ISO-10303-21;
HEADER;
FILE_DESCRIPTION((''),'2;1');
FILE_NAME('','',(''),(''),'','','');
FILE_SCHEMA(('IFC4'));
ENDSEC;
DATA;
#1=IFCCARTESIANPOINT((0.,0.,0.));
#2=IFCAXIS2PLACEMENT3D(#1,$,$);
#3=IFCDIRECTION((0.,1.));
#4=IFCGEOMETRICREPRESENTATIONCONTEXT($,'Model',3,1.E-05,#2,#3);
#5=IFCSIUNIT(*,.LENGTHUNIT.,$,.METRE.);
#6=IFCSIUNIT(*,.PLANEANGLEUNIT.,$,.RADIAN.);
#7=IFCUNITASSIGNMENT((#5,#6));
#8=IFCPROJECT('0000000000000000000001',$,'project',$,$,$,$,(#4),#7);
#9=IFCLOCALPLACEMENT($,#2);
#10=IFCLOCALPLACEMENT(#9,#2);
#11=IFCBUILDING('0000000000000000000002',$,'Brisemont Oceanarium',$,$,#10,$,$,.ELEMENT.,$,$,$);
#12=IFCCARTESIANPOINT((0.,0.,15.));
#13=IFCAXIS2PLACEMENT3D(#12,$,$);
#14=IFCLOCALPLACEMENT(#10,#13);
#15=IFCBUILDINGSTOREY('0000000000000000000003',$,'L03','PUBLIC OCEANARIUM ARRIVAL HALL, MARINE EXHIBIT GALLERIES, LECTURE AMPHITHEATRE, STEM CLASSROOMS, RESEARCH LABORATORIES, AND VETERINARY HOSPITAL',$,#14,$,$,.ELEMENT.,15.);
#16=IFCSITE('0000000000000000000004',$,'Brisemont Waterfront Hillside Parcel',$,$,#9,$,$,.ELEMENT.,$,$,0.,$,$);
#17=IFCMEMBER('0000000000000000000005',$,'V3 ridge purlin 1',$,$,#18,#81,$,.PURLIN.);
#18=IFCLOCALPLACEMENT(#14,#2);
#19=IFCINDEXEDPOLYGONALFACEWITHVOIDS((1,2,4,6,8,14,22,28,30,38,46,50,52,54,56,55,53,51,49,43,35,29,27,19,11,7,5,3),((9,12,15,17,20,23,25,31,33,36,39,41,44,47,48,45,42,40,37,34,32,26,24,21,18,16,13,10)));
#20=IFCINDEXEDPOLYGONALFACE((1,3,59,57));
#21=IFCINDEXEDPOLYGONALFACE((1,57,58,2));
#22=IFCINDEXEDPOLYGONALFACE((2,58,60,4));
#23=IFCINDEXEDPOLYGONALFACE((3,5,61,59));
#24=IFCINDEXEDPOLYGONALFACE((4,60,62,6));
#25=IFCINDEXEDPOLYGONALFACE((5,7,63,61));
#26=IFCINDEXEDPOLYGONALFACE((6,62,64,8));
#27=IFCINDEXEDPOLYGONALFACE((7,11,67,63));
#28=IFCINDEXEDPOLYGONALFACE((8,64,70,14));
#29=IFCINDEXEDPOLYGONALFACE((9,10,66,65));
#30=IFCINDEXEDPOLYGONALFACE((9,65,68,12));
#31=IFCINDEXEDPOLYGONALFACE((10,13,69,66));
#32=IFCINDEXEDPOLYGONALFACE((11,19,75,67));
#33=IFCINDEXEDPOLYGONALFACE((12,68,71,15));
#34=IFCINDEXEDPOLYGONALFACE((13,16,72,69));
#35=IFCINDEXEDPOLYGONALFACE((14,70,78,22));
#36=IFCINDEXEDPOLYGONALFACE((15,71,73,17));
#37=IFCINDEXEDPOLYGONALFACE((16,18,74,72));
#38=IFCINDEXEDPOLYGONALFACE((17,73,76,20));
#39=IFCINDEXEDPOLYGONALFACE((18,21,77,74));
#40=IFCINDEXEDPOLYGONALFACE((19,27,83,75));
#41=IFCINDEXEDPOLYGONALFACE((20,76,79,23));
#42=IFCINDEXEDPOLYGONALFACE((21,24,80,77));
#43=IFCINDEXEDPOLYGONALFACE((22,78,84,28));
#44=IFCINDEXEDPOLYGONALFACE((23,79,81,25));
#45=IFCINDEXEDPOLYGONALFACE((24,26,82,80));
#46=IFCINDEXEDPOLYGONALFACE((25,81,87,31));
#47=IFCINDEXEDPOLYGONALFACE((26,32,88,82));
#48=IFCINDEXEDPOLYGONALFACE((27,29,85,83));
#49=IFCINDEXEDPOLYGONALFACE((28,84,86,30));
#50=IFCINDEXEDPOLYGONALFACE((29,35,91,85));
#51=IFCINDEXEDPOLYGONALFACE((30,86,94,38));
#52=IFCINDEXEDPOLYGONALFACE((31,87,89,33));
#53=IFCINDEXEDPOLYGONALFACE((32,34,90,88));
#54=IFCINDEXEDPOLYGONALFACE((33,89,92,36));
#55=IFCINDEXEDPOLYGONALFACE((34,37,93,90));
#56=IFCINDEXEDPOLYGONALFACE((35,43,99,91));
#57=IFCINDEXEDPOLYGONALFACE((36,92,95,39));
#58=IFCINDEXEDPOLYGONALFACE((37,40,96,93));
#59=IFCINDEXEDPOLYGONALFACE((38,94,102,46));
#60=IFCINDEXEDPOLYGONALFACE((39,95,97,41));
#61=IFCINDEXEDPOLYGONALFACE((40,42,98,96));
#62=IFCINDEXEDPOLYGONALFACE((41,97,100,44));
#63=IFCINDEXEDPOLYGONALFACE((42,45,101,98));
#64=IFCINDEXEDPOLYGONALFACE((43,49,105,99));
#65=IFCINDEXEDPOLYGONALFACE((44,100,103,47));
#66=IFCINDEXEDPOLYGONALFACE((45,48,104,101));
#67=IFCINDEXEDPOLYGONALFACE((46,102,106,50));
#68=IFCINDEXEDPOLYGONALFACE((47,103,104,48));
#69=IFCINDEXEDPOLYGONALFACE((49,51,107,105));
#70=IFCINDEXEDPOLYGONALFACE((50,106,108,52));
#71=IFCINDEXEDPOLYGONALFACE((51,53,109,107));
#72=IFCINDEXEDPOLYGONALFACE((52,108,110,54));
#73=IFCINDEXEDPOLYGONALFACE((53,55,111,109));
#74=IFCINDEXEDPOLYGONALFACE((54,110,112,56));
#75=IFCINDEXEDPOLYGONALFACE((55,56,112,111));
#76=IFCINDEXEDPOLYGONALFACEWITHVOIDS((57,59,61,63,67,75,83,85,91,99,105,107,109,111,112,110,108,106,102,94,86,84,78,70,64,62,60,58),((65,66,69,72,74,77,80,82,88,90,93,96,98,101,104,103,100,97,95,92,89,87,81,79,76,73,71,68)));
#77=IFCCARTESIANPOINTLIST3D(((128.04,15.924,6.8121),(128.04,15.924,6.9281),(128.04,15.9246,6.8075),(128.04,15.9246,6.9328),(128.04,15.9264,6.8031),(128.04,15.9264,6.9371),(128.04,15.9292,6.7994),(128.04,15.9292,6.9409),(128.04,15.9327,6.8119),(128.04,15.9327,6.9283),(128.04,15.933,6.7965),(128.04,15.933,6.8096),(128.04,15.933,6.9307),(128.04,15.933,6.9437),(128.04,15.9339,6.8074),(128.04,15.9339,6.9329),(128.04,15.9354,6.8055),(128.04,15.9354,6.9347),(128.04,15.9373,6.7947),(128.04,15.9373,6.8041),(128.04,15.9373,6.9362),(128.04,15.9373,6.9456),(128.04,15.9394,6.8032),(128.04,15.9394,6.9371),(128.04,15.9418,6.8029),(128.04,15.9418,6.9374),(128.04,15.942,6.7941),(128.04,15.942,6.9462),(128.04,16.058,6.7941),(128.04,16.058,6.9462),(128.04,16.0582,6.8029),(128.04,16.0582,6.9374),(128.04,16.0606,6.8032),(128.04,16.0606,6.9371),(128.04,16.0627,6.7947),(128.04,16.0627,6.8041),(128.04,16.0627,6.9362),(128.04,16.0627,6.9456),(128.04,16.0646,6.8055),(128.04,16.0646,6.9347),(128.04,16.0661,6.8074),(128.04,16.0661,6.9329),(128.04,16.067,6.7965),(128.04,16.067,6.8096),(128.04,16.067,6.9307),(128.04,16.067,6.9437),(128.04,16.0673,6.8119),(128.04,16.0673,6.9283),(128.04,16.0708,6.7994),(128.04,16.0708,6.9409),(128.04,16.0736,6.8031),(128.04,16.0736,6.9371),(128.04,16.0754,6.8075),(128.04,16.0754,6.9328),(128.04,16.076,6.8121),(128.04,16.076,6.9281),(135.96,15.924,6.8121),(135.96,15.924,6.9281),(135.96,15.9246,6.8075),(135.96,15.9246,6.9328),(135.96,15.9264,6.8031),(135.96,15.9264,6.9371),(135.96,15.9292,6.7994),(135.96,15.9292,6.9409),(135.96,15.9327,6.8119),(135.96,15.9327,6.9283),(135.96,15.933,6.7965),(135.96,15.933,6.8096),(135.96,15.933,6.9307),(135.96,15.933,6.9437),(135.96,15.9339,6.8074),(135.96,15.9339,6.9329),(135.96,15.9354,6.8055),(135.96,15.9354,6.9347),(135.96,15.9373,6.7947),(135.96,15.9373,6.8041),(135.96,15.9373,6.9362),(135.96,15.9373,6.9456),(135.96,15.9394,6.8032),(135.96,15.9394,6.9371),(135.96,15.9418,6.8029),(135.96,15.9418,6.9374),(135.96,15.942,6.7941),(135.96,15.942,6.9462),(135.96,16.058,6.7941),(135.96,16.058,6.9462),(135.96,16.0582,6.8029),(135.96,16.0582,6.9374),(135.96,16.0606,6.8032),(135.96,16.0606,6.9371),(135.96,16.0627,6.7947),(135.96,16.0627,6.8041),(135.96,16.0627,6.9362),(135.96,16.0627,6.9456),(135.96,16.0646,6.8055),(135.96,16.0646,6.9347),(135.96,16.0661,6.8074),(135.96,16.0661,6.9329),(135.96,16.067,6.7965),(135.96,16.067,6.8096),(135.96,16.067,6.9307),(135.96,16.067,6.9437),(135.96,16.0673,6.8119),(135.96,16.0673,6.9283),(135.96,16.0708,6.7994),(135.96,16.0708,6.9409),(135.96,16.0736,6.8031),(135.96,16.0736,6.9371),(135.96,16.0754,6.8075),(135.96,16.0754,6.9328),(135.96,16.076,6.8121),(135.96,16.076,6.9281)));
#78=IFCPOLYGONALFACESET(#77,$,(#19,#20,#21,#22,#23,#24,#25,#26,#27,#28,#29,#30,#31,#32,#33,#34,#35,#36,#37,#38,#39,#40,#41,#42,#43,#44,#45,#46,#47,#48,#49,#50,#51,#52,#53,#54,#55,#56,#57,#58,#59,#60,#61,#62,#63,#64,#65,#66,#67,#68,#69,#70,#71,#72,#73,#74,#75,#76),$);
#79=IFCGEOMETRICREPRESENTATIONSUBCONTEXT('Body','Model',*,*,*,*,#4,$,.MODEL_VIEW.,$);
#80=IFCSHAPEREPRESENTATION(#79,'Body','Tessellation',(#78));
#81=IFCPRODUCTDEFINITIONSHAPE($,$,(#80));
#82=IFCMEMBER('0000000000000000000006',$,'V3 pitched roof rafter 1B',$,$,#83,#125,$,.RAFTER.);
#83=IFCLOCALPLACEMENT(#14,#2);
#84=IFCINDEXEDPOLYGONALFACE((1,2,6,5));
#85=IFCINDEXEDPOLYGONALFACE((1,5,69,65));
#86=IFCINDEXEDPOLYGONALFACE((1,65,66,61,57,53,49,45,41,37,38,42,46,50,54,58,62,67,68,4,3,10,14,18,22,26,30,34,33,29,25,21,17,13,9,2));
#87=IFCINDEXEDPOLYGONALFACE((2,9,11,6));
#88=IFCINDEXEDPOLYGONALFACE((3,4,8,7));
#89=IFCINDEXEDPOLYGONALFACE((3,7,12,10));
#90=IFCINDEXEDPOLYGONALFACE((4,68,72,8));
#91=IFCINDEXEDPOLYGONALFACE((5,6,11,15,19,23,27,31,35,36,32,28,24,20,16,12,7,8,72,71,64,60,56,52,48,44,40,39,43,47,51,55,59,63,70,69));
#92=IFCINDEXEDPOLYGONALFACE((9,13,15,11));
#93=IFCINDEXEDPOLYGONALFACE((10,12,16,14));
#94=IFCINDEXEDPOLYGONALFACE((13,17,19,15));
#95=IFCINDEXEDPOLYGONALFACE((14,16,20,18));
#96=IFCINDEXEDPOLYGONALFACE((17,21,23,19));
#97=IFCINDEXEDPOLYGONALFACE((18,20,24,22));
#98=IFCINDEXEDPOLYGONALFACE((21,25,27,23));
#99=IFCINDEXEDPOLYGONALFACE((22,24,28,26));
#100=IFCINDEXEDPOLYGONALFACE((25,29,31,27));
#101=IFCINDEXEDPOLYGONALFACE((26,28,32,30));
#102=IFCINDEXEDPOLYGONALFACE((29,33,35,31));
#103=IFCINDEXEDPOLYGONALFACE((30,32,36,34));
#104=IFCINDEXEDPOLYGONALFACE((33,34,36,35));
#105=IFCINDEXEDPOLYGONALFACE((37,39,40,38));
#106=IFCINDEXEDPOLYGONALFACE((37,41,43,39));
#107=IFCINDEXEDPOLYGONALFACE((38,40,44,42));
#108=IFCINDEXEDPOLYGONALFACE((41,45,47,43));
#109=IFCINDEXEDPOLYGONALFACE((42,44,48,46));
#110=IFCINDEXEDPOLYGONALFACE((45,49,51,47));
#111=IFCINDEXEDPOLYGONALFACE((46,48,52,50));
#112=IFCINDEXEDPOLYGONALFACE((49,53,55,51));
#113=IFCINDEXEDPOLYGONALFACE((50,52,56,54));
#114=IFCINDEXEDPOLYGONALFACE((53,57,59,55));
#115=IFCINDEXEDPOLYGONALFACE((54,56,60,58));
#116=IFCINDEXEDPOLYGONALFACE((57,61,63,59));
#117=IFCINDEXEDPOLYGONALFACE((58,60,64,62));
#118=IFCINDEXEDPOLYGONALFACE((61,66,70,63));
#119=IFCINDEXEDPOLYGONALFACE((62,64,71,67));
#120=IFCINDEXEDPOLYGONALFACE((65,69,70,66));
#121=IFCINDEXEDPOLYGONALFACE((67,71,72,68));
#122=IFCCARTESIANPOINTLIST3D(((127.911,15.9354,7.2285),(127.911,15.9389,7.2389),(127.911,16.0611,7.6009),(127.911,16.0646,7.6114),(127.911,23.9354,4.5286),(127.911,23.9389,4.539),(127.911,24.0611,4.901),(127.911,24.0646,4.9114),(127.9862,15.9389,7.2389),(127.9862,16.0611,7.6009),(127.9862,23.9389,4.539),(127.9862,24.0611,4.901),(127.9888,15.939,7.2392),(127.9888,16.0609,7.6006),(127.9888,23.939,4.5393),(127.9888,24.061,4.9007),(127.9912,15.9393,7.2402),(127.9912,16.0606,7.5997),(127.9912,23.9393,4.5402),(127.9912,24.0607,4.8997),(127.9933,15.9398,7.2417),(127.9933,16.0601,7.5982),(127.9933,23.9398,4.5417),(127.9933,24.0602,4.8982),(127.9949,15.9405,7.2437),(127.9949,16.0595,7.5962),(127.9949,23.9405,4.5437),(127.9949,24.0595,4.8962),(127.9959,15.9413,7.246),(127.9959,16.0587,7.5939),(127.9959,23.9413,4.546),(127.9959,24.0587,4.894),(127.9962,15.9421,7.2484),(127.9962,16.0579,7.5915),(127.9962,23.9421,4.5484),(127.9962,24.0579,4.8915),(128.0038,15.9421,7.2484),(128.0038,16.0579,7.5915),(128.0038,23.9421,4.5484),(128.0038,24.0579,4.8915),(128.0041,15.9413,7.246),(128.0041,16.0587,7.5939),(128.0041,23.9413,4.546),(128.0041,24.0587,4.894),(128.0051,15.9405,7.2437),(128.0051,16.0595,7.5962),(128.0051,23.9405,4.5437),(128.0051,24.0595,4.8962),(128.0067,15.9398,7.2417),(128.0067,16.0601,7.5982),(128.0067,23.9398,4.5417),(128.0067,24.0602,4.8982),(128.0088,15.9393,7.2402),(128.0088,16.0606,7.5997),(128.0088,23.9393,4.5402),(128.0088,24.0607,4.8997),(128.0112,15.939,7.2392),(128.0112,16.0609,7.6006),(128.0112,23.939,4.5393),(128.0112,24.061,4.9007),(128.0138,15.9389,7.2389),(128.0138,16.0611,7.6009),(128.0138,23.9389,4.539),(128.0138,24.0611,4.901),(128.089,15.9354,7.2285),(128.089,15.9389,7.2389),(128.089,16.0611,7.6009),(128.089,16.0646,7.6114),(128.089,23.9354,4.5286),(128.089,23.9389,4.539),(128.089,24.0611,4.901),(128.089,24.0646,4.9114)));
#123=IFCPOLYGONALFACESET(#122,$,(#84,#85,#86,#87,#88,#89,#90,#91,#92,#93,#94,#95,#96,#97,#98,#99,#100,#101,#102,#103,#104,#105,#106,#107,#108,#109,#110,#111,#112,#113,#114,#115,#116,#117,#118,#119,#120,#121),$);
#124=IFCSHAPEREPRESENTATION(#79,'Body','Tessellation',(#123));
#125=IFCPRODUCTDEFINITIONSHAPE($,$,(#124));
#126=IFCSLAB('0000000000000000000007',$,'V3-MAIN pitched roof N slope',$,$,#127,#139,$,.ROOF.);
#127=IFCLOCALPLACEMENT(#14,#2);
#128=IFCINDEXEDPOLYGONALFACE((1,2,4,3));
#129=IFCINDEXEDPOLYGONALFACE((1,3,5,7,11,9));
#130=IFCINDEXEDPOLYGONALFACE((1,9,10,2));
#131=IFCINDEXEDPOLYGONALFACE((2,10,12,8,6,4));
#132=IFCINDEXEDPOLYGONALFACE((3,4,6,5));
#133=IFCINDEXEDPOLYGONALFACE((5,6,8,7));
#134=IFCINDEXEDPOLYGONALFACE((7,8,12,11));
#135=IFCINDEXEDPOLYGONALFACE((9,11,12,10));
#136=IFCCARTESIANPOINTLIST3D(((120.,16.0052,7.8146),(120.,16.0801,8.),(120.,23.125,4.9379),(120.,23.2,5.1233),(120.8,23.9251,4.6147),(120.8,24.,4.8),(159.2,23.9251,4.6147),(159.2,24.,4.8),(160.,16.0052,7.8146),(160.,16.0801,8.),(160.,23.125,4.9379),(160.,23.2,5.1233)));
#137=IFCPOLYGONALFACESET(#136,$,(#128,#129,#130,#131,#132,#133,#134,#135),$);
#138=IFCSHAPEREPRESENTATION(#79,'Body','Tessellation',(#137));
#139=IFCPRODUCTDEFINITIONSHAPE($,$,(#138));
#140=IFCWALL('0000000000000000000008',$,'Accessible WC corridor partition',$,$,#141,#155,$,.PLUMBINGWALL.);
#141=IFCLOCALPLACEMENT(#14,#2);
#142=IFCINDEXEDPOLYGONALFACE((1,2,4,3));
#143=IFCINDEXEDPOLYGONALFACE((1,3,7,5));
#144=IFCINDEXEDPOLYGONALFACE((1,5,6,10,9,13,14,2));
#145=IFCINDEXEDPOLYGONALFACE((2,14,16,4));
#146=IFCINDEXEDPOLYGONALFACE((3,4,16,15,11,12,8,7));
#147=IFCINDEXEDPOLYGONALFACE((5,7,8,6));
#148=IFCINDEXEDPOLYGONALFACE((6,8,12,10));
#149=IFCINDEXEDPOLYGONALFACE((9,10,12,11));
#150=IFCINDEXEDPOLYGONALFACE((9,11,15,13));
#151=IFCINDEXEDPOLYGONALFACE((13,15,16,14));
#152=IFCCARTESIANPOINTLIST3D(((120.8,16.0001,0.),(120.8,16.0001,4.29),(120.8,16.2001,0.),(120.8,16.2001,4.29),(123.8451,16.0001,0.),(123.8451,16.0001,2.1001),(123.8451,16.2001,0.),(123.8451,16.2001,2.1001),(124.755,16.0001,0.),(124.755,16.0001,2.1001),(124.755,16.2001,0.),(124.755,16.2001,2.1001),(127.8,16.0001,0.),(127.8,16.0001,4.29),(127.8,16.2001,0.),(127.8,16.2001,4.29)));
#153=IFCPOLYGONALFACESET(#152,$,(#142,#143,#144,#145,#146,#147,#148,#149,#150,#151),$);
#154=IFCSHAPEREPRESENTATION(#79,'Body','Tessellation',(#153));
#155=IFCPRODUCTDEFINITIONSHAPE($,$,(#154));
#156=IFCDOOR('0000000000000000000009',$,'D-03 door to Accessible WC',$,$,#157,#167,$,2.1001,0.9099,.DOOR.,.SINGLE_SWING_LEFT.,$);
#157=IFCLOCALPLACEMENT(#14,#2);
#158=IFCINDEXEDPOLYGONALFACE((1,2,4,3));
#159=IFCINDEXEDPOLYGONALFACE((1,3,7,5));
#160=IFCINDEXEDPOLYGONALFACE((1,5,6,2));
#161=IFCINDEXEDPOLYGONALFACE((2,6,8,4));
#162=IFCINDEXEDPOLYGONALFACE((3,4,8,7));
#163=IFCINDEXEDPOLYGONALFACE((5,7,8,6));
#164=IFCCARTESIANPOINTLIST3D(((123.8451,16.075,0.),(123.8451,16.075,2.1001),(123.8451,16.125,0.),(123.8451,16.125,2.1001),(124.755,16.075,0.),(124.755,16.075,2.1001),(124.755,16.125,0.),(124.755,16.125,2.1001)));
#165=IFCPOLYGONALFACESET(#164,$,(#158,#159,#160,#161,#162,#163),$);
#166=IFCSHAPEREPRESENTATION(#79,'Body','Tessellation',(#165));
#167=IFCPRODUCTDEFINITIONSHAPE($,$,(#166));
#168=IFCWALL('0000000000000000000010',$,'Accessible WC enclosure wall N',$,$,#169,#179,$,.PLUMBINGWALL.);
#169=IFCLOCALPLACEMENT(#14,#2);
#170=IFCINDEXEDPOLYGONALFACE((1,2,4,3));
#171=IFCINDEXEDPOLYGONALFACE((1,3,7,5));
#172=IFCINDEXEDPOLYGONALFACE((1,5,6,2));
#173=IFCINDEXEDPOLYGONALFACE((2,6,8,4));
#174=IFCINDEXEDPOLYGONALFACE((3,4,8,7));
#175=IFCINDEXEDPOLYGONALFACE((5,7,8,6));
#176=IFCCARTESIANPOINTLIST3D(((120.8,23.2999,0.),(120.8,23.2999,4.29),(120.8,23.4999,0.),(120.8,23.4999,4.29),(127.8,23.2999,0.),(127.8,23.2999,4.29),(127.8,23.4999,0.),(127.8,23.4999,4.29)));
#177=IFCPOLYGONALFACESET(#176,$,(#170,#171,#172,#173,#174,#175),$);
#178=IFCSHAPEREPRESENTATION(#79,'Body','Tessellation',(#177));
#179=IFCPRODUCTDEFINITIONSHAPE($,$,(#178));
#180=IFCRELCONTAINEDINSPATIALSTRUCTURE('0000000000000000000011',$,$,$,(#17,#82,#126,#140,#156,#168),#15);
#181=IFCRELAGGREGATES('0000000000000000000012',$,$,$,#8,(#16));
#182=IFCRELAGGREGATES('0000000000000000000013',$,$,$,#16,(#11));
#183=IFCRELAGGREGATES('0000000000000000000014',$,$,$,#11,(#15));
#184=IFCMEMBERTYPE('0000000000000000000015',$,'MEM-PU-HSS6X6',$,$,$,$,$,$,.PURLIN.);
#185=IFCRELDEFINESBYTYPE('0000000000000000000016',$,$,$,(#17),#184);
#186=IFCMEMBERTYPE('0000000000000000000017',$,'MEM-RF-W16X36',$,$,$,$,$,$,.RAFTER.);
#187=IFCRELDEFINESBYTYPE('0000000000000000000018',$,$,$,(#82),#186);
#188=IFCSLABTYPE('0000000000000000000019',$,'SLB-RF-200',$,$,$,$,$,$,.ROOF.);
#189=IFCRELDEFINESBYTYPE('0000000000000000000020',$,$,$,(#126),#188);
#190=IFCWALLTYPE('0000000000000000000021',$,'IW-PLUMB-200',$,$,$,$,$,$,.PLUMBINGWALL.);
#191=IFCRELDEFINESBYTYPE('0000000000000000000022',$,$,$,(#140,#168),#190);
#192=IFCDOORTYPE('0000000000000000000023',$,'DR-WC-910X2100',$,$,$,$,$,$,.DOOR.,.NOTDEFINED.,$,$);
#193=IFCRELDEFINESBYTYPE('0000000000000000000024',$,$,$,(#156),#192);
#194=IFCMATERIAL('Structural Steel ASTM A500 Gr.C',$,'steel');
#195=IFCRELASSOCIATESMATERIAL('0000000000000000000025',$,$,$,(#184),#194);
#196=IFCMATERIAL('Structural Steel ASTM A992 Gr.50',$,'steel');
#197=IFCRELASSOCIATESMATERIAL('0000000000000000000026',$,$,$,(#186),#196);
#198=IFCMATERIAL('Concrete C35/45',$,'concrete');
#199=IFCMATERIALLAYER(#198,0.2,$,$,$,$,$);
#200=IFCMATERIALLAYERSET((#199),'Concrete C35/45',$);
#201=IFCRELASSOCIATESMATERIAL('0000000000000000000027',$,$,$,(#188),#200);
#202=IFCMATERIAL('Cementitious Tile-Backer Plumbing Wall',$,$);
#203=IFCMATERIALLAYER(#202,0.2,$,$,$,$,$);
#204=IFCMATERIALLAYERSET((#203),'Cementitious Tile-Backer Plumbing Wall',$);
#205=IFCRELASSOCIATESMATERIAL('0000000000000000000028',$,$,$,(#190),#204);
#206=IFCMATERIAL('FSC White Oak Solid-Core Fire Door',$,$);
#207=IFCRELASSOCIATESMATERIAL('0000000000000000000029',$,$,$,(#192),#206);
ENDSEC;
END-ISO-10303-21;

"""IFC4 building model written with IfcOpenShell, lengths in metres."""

from ifc_helpers import new_model, si_unit, direction, frame, frame_2d, origin, origin_2d, place, context, subcontext, project, spatial, polyline, rectangle, hollow_rectangle, i_section, outline, extrude, material, layer, layer_set, material_profile, profile_set, type_object, element, fill, save


model = new_model("IFC4")

# Units and contexts
model_context = context("Model", 3, precision=1e-05, world=origin(), true_north=direction((0.0, 1.0)))
body_context = subcontext(model_context, "Body", "Model", "MODEL_VIEW")
ifc_project = project(units=[si_unit("LENGTHUNIT", "METRE"), si_unit("PLANEANGLEUNIT", "RADIAN")], contexts=[model_context])

# Site, building, storey
site_placement = place(None, origin())
site = spatial("IfcSite", under=ifc_project, at=site_placement, Name="Brisemont Waterfront Hillside Parcel", CompositionType="ELEMENT", RefElevation=0.0)
building_placement = place(site_placement, origin())
building = spatial("IfcBuilding", under=site, at=building_placement, Name="Brisemont Oceanarium", CompositionType="ELEMENT")
storey_placement = place(building_placement, frame((0.0, 0.0, 15.0)))
storey = spatial("IfcBuildingStorey", under=building, at=storey_placement, Name="L03", Description="PUBLIC OCEANARIUM ARRIVAL HALL, MARINE EXHIBIT GALLERIES, LECTURE AMPHITHEATRE, STEM CLASSROOMS, RESEARCH LABORATORIES, AND VETERINARY HOSPITAL", CompositionType="ELEMENT", Elevation=15.0)

# Members
ifc_material_1 = material(Name="Structural Steel ASTM A500 Gr.C", Category="steel")
ifc_material_profile_1 = material_profile(ifc_material_1, hollow_rectangle(XDim=0.1521, YDim=0.1521, WallThickness=0.0088, InnerFilletRadius=0.009, OuterFilletRadius=0.0181, at=origin_2d()), Name="HSS6X6X3/8")
ifc_profile_set_1 = profile_set([ifc_material_profile_1], Name="Structural Steel ASTM A500 Gr.C")
member_type_1 = type_object("IfcMemberType", Name="MEM-PU-HSS6X6", PredefinedType="PURLIN", material=ifc_profile_set_1)
member_1_placement = place(storey_placement, frame((128.04, 16.0, 6.8701), z_axis=(1.0, 0.0, 0.0), x_axis=(0.0, 1.0, 0.0)))
element("IfcMember", 1, at=member_1_placement, inside=storey, type_object=member_type_1, Name="V3 ridge purlin 1", PredefinedType="PURLIN", context=body_context, shape_type="SweptSolid", body=[
    extrude(hollow_rectangle(XDim=0.1521, YDim=0.1521, WallThickness=0.0088, InnerFilletRadius=0.009, OuterFilletRadius=0.0181, at=origin_2d()), origin(), (0.0, 0.0, 1.0), 7.9199),
])
ifc_material_2 = material(Name="Structural Steel ASTM A992 Gr.50", Category="steel")
ifc_material_profile_2 = material_profile(ifc_material_2, i_section(OverallWidth=0.178, OverallDepth=0.4041, WebThickness=0.0076, FlangeThickness=0.011, FilletRadius=0.01, at=origin_2d()), Name="W16X36")
ifc_profile_set_2 = profile_set([ifc_material_profile_2], Name="Structural Steel ASTM A992 Gr.50")
member_type_2 = type_object("IfcMemberType", Name="MEM-RF-W16X36", PredefinedType="RAFTER", material=ifc_profile_set_2)
member_2_placement = place(storey_placement, frame((128.0, 24.0, 4.72), z_axis=(0.0, -0.947494, 0.319773), x_axis=(1.0, 0.0, 0.0)))
element("IfcMember", 2, at=member_2_placement, inside=storey, type_object=member_type_2, Name="V3 pitched roof rafter 1B", PredefinedType="RAFTER", context=body_context, shape_type="SweptSolid", body=[
    extrude(i_section(OverallWidth=0.178, OverallDepth=0.4041, WebThickness=0.0076, FlangeThickness=0.011, FilletRadius=0.01, at=origin_2d()), origin(), (0.0, 0.0, 1.0), 8.4434),
])

# Slab
ifc_material_3 = material(Name="Concrete C35/45", Category="concrete")
ifc_layer_1 = layer(ifc_material_3, 0.2)
ifc_layer_set_1 = layer_set([ifc_layer_1], Name="Concrete C35/45")
slab_type = type_object("IfcSlabType", Name="SLB-RF-200", PredefinedType="ROOF", material=ifc_layer_set_1)
slab_placement = place(storey_placement, frame((120.0, 16.0801, 8.0), z_axis=(0.0, 0.374616, 0.92718), x_axis=(1.0, 0.0, 0.0)))
element("IfcSlab", 3, at=slab_placement, inside=storey, type_object=slab_type, Name="V3-MAIN pitched roof N slope", PredefinedType="ROOF", context=body_context, shape_type="SweptSolid", body=[
    extrude(outline(polyline([(0.0, 0.0), (40.0, 0.0), (40.0, 7.6791), (39.2, 8.5419), (0.8, 8.5419), (0.0, 7.6791), (0.0, 0.0)])), origin(), (0.0, 0.0, -1.0), 0.2),
])

# Wall, opening, door
ifc_material_4 = material(Name="Cementitious Tile-Backer Plumbing Wall")
ifc_layer_2 = layer(ifc_material_4, 0.2)
ifc_layer_set_2 = layer_set([ifc_layer_2], Name="Cementitious Tile-Backer Plumbing Wall")
wall_type_1 = type_object("IfcWallType", Name="IW-PLUMB-200", PredefinedType="PLUMBINGWALL", material=ifc_layer_set_2)
wall_1_placement = place(storey_placement, frame((120.8, 16.1001, 0.0), z_axis=(0.0, 0.0, 1.0), x_axis=(1.0, 0.0, 0.0)))
wall_1 = element("IfcWall", 4, at=wall_1_placement, inside=storey, type_object=wall_type_1, Name="Accessible WC corridor partition", PredefinedType="PLUMBINGWALL", context=body_context, shape_type="SweptSolid", body=[
    extrude(rectangle(XDim=7.0, YDim=0.2, at=frame_2d((3.5, 0.0))), origin(), (0.0, 0.0, 1.0), 4.29),
])
opening_1_placement = place(wall_1_placement, frame((3.0449, 0.0, 0.0)))
opening_1 = element("IfcOpeningElement", 5, at=opening_1_placement, cuts=wall_1, PredefinedType="OPENING", context=body_context, shape_type="SweptSolid", body=[
    extrude(rectangle(XDim=0.9099, YDim=2.1001, at=frame_2d((0.4551, 1.05))), frame((0.0, 0.1099, 0.0), z_axis=(0.0, -1.0, 0.0), x_axis=(1.0, 0.0, 0.0)), (0.0, 0.0, 1.0), 0.22),
])
ifc_material_5 = material(Name="FSC White Oak Solid-Core Fire Door")
door_type_1 = type_object("IfcDoorType", Name="DR-WC-910X2100", OperationType="NOTDEFINED", PredefinedType="DOOR", material=ifc_material_5)
door_1_placement = place(opening_1_placement, origin())
door_1 = element("IfcDoor", 6, at=door_1_placement, inside=storey, type_object=door_type_1, Name="D-03 door to Accessible WC", OperationType="SINGLE_SWING_LEFT", OverallHeight=2.1001, OverallWidth=0.9099, PredefinedType="DOOR", context=body_context, shape_type="SweptSolid", body=[
    extrude(rectangle(XDim=0.9099, YDim=2.1001, at=frame_2d((0.4551, 1.05))), frame((0.0, 0.0249, 0.0), z_axis=(0.0, -1.0, 0.0), x_axis=(1.0, 0.0, 0.0)), (0.0, 0.0, 1.0), 0.05),
])
fill(opening_1, door_1)

# Wall
wall_2_placement = place(storey_placement, frame((120.8, 23.3999, 0.0), z_axis=(0.0, 0.0, 1.0), x_axis=(1.0, 0.0, 0.0)))
element("IfcWall", 7, at=wall_2_placement, inside=storey, type_object=wall_type_1, Name="Accessible WC enclosure wall N", PredefinedType="PLUMBINGWALL", context=body_context, shape_type="SweptSolid", body=[
    extrude(rectangle(XDim=7.0, YDim=0.2, at=frame_2d((3.5, 0.0))), origin(), (0.0, 0.0, 1.0), 4.29),
])

save(model, "model.ifc")
